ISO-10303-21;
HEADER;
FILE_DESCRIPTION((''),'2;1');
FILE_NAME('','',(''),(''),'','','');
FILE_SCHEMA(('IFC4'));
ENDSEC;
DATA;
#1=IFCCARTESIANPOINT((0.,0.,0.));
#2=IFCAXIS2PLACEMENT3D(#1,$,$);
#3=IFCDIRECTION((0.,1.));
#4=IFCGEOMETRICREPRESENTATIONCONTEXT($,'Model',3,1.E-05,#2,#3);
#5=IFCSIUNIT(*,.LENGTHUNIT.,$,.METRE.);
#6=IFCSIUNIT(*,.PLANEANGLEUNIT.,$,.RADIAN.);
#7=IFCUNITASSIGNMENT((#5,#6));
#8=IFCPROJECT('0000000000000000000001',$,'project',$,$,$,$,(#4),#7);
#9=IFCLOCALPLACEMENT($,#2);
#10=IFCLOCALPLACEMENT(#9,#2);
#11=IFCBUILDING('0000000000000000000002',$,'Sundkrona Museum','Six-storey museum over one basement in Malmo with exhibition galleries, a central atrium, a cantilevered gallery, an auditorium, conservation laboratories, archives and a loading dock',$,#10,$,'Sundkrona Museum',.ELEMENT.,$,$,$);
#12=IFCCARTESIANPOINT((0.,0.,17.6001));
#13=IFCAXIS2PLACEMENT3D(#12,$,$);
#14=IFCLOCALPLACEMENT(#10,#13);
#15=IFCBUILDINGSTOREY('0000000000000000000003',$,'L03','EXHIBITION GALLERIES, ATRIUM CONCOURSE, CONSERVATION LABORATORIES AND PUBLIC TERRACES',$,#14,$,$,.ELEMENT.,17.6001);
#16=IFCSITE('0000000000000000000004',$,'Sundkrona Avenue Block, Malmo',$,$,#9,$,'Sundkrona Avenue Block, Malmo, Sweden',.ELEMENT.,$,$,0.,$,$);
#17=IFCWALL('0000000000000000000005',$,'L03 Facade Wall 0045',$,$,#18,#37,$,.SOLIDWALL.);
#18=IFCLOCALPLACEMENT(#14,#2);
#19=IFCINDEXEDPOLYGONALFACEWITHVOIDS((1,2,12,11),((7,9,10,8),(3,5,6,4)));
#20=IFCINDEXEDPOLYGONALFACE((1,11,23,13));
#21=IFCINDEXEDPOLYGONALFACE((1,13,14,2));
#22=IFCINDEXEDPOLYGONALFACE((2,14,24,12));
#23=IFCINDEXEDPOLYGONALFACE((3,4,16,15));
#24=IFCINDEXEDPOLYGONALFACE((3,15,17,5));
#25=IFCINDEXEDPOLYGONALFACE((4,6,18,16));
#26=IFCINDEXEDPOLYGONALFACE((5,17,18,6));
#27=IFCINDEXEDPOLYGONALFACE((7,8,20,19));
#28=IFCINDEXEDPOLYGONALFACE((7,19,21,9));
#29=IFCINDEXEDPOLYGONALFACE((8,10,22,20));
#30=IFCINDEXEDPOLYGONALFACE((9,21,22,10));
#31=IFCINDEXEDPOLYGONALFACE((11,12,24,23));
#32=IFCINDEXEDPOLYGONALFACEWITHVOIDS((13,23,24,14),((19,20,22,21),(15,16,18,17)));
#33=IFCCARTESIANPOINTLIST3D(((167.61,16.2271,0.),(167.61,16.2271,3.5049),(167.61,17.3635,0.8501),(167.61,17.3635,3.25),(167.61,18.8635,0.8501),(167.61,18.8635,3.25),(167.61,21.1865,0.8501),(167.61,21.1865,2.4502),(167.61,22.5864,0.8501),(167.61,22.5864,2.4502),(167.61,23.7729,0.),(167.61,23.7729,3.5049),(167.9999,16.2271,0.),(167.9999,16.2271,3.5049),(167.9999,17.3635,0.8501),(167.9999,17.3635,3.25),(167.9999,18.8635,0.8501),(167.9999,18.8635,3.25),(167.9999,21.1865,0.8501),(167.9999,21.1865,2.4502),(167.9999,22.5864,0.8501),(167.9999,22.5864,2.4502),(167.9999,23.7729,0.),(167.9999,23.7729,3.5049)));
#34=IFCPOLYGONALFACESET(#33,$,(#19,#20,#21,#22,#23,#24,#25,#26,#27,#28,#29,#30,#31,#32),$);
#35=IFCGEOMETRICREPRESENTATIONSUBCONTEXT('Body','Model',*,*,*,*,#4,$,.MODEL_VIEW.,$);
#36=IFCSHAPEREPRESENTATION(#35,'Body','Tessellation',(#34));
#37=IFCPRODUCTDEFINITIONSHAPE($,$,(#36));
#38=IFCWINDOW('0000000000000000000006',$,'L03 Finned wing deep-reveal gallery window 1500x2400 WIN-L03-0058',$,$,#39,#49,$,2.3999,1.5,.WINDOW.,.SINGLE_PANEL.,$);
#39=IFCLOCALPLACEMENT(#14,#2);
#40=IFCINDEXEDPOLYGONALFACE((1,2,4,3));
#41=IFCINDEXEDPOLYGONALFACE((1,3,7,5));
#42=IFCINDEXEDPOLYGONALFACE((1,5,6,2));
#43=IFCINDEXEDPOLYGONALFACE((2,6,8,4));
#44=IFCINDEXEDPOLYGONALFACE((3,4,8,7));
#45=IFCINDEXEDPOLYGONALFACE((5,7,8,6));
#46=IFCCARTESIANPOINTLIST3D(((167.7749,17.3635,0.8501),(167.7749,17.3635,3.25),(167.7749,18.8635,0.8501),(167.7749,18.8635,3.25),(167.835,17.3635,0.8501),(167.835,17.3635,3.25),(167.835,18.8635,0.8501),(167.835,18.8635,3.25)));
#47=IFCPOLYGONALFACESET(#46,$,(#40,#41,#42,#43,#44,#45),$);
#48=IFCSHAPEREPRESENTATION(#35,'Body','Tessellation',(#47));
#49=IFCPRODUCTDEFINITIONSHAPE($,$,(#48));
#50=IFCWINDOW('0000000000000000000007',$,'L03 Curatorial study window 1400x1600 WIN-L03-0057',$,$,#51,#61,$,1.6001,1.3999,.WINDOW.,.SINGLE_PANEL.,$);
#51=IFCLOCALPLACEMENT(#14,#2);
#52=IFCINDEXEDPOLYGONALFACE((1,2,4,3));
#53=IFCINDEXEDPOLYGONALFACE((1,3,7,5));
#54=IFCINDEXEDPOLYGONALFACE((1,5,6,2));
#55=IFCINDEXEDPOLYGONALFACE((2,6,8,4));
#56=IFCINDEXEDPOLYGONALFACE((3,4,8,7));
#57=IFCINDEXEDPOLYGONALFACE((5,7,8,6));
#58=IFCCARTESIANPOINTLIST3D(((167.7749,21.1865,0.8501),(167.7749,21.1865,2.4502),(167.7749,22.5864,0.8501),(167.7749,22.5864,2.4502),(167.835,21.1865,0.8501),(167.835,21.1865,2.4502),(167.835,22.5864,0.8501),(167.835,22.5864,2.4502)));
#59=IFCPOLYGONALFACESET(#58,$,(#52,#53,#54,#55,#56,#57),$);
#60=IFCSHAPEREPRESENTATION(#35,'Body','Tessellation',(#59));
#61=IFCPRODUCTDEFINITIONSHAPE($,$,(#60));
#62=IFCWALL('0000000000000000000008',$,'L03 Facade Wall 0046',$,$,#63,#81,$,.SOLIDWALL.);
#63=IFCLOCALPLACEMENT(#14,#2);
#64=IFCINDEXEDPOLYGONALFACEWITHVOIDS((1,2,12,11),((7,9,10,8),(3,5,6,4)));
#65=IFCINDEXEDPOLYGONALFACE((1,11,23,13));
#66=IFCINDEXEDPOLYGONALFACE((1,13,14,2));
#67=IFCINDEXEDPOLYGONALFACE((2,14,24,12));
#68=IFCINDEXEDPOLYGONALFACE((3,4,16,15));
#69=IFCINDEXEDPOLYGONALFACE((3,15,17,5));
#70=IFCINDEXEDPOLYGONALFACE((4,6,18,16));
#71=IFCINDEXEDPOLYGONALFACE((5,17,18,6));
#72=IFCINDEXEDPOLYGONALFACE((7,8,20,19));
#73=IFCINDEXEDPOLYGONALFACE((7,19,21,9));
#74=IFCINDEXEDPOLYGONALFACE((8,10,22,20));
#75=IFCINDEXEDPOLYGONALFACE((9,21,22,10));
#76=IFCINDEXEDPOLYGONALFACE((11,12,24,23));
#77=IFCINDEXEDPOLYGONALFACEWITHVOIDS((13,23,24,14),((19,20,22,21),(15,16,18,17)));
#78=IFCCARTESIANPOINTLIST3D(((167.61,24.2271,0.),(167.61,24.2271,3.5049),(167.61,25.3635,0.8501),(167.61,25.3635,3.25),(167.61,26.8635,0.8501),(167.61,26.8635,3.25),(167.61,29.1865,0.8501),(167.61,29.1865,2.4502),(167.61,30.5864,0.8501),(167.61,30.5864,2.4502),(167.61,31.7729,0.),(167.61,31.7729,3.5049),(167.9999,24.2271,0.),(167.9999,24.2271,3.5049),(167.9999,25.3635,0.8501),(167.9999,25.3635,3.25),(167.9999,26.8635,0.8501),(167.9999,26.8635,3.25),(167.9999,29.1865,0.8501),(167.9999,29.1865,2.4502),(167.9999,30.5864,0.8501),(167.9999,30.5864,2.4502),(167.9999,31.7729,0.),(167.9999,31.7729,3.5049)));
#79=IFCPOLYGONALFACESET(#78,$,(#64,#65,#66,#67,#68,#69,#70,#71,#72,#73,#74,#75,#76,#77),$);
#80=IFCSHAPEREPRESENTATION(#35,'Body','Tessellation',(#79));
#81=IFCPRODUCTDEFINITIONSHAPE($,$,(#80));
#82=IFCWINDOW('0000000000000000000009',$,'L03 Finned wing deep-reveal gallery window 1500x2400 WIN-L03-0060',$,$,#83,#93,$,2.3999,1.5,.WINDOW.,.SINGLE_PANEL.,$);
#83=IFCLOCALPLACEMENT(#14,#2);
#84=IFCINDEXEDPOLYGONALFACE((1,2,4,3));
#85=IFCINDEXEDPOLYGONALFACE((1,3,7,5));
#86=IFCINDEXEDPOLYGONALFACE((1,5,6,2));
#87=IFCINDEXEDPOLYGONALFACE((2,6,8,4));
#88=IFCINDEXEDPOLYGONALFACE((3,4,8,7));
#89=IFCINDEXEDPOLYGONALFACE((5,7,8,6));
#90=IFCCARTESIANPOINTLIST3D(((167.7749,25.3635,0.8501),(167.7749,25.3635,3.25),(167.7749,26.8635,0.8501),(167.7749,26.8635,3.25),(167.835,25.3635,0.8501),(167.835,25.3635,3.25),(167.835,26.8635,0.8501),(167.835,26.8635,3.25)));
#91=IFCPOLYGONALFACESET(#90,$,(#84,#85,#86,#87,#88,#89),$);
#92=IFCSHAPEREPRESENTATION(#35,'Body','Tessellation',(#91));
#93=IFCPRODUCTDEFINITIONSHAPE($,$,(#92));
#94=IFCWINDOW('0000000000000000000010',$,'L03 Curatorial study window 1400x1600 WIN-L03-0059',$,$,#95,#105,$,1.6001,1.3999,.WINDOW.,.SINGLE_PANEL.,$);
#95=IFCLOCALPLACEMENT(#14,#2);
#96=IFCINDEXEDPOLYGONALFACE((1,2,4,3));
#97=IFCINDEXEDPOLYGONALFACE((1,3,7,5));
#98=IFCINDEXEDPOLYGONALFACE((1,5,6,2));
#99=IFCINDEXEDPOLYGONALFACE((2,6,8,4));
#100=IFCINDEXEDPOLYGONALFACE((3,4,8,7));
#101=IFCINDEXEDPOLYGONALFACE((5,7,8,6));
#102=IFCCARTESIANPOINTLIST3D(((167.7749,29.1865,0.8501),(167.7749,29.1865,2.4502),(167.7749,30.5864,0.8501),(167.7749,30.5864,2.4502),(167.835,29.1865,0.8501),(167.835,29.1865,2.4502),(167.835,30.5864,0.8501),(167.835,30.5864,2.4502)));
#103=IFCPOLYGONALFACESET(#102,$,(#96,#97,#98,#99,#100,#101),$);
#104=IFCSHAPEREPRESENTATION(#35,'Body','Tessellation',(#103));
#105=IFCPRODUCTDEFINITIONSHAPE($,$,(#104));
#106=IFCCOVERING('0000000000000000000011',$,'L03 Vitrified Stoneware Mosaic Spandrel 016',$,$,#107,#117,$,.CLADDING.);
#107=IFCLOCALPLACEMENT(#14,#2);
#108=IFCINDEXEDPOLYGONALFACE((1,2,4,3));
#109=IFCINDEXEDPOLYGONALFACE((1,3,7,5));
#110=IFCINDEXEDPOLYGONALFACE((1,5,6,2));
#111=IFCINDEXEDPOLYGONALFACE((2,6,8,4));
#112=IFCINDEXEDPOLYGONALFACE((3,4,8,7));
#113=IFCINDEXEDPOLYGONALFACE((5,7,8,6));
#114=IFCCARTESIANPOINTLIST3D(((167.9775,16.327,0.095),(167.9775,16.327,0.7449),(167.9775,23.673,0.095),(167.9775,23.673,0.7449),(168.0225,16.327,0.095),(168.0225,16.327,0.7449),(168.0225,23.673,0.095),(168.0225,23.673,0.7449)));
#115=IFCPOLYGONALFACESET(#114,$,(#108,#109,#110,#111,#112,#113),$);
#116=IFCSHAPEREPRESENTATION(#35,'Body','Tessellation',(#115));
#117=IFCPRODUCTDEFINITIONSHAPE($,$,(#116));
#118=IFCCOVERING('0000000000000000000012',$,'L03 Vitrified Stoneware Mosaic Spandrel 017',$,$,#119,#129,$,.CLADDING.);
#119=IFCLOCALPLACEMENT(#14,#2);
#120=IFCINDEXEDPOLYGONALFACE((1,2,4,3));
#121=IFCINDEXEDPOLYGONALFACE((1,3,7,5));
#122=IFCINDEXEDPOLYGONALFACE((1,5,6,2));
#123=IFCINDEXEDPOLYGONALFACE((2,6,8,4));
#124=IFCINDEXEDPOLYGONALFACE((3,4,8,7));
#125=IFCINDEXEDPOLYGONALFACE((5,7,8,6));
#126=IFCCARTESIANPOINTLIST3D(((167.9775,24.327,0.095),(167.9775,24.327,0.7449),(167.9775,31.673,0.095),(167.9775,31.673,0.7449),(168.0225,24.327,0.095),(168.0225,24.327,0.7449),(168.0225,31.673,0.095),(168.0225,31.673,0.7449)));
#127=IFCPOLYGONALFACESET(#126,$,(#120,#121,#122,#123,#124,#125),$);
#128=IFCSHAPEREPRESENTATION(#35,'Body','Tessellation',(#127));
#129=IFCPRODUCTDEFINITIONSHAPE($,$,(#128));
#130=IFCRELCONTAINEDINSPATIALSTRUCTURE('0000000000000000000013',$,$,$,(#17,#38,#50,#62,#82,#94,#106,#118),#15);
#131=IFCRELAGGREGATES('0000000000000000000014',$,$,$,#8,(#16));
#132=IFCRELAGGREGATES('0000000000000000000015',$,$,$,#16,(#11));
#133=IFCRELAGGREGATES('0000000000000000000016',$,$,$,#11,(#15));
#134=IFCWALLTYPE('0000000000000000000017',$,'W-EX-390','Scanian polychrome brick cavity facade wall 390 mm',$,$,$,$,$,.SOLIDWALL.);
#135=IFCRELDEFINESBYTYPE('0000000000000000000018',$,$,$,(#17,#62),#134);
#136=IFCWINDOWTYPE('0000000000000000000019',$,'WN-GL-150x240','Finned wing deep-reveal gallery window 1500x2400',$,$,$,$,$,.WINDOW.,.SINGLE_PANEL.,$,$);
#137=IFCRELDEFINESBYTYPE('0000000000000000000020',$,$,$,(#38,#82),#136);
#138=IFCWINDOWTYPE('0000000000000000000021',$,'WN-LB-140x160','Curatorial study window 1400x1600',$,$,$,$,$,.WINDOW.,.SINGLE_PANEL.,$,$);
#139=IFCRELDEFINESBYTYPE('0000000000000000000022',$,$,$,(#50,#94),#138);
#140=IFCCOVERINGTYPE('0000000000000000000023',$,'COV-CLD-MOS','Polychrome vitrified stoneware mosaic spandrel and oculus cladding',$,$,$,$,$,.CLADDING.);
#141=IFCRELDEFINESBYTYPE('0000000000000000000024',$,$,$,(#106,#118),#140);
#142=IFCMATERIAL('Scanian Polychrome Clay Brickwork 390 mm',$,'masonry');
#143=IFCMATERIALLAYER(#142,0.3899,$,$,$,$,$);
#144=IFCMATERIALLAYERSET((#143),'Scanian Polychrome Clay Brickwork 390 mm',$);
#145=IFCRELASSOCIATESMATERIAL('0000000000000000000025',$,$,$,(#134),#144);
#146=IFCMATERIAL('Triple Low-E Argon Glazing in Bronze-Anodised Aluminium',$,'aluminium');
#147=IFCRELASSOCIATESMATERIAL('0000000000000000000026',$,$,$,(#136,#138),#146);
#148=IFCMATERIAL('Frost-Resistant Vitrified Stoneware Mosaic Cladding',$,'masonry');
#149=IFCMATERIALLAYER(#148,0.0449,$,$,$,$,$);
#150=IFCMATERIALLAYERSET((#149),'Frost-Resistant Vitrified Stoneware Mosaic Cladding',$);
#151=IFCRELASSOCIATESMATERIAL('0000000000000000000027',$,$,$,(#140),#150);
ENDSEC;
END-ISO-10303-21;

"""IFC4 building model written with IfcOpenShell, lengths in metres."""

from ifc_helpers import new_model, si_unit, direction, frame, frame_2d, origin, origin_2d, place, context, subcontext, project, spatial, rectangle, extrude, material, layer, layer_set, type_object, element, fill, save


model = new_model("IFC4")

# Units and contexts
model_context = context("Model", 3, precision=1e-05, world=origin(), true_north=direction((0.0, 1.0)))
body_context = subcontext(model_context, "Body", "Model", "MODEL_VIEW")
ifc_project = project(units=[si_unit("LENGTHUNIT", "METRE"), si_unit("PLANEANGLEUNIT", "RADIAN")], contexts=[model_context])

# Site, building, storey
site_placement = place(None, origin())
site = spatial("IfcSite", under=ifc_project, at=site_placement, Name="Sundkrona Avenue Block, Malmo", LongName="Sundkrona Avenue Block, Malmo, Sweden", CompositionType="ELEMENT", RefElevation=0.0)
building_placement = place(site_placement, origin())
building = spatial("IfcBuilding", under=site, at=building_placement, Name="Sundkrona Museum", Description="Six-storey museum over one basement in Malmo with exhibition galleries, a central atrium, a cantilevered gallery, an auditorium, conservation laboratories, archives and a loading dock", LongName="Sundkrona Museum", CompositionType="ELEMENT")
storey_placement = place(building_placement, frame((0.0, 0.0, 17.6001)))
storey = spatial("IfcBuildingStorey", under=building, at=storey_placement, Name="L03", Description="EXHIBITION GALLERIES, ATRIUM CONCOURSE, CONSERVATION LABORATORIES AND PUBLIC TERRACES", CompositionType="ELEMENT", Elevation=17.6001)

# Walls, openings, windows
ifc_material_1 = material(Name="Scanian Polychrome Clay Brickwork 390 mm", Category="masonry")
ifc_layer_1 = layer(ifc_material_1, 0.3899)
ifc_layer_set_1 = layer_set([ifc_layer_1], Name="Scanian Polychrome Clay Brickwork 390 mm")
wall_type = type_object("IfcWallType", Name="W-EX-390", Description="Scanian polychrome brick cavity facade wall 390 mm", PredefinedType="SOLIDWALL", material=ifc_layer_set_1)
wall_1_placement = place(storey_placement, frame((167.8049, 23.7729, 0.0), z_axis=(0.0, 0.0, 1.0), x_axis=(0.0, -1.0, 0.0)))
wall_1 = element("IfcWall", 1, at=wall_1_placement, inside=storey, type_object=wall_type, Name="L03 Facade Wall 0045", PredefinedType="SOLIDWALL", context=body_context, shape_type="SweptSolid", body=[
    extrude(rectangle(XDim=7.5459, YDim=0.3899, at=frame_2d((3.7729, 0.0))), origin(), (0.0, 0.0, 1.0), 3.5049),
])
opening_1_placement = place(wall_1_placement, frame((1.1865, 0.0, 0.8501)))
opening_1 = element("IfcOpeningElement", 2, at=opening_1_placement, cuts=wall_1, PredefinedType="OPENING", context=body_context, shape_type="SweptSolid", body=[
    extrude(rectangle(XDim=1.3999, YDim=1.6001, at=frame_2d((0.7, 0.8))), frame((0.0, 0.2048, 0.0), z_axis=(0.0, -1.0, 0.0), x_axis=(1.0, 0.0, 0.0)), (0.0, 0.0, 1.0), 0.4099),
])
opening_2_placement = place(wall_1_placement, frame((4.9094, 0.0, 0.8501)))
opening_2 = element("IfcOpeningElement", 3, at=opening_2_placement, cuts=wall_1, PredefinedType="OPENING", context=body_context, shape_type="SweptSolid", body=[
    extrude(rectangle(XDim=1.5, YDim=2.3999, at=frame_2d((0.75, 1.2))), frame((0.0, 0.2048, 0.0), z_axis=(0.0, -1.0, 0.0), x_axis=(1.0, 0.0, 0.0)), (0.0, 0.0, 1.0), 0.4099),
])
ifc_material_2 = material(Name="Triple Low-E Argon Glazing in Bronze-Anodised Aluminium", Category="aluminium")
window_type_1 = type_object("IfcWindowType", Name="WN-GL-150x240", Description="Finned wing deep-reveal gallery window 1500x2400", PartitioningType="SINGLE_PANEL", PredefinedType="WINDOW", material=ifc_material_2)
window_1_placement = place(opening_2_placement, origin())
window_1 = element("IfcWindow", 4, at=window_1_placement, inside=storey, type_object=window_type_1, Name="L03 Finned wing deep-reveal gallery window 1500x2400 WIN-L03-0058", OverallHeight=2.3999, OverallWidth=1.5, PartitioningType="SINGLE_PANEL", PredefinedType="WINDOW", context=body_context, shape_type="SweptSolid", body=[
    extrude(rectangle(XDim=1.5, YDim=2.3999, at=frame_2d((0.75, 1.2))), frame((0.0, 0.03, 0.0), z_axis=(0.0, -1.0, 0.0), x_axis=(1.0, 0.0, 0.0)), (0.0, 0.0, 1.0), 0.0601),
])
fill(opening_2, window_1)
window_type_2 = type_object("IfcWindowType", Name="WN-LB-140x160", Description="Curatorial study window 1400x1600", PartitioningType="SINGLE_PANEL", PredefinedType="WINDOW", material=ifc_material_2)
window_2_placement = place(opening_1_placement, origin())
window_2 = element("IfcWindow", 5, at=window_2_placement, inside=storey, type_object=window_type_2, Name="L03 Curatorial study window 1400x1600 WIN-L03-0057", OverallHeight=1.6001, OverallWidth=1.3999, PartitioningType="SINGLE_PANEL", PredefinedType="WINDOW", context=body_context, shape_type="SweptSolid", body=[
    extrude(rectangle(XDim=1.3999, YDim=1.6001, at=frame_2d((0.7, 0.8))), frame((0.0, 0.03, 0.0), z_axis=(0.0, -1.0, 0.0), x_axis=(1.0, 0.0, 0.0)), (0.0, 0.0, 1.0), 0.0601),
])
fill(opening_1, window_2)
wall_2_placement = place(storey_placement, frame((167.8049, 31.7729, 0.0), z_axis=(0.0, 0.0, 1.0), x_axis=(0.0, -1.0, 0.0)))
wall_2 = element("IfcWall", 6, at=wall_2_placement, inside=storey, type_object=wall_type, Name="L03 Facade Wall 0046", PredefinedType="SOLIDWALL", context=body_context, shape_type="SweptSolid", body=[
    extrude(rectangle(XDim=7.5459, YDim=0.3899, at=frame_2d((3.7729, 0.0))), origin(), (0.0, 0.0, 1.0), 3.5049),
])
opening_3_placement = place(wall_2_placement, frame((1.1865, 0.0, 0.8501)))
opening_3 = element("IfcOpeningElement", 7, at=opening_3_placement, cuts=wall_2, PredefinedType="OPENING", context=body_context, shape_type="SweptSolid", body=[
    extrude(rectangle(XDim=1.3999, YDim=1.6001, at=frame_2d((0.7, 0.8))), frame((0.0, 0.2048, 0.0), z_axis=(0.0, -1.0, 0.0), x_axis=(1.0, 0.0, 0.0)), (0.0, 0.0, 1.0), 0.4099),
])
opening_4_placement = place(wall_2_placement, frame((4.9094, 0.0, 0.8501)))
opening_4 = element("IfcOpeningElement", 8, at=opening_4_placement, cuts=wall_2, PredefinedType="OPENING", context=body_context, shape_type="SweptSolid", body=[
    extrude(rectangle(XDim=1.5, YDim=2.3999, at=frame_2d((0.75, 1.2))), frame((0.0, 0.2048, 0.0), z_axis=(0.0, -1.0, 0.0), x_axis=(1.0, 0.0, 0.0)), (0.0, 0.0, 1.0), 0.4099),
])
window_3_placement = place(opening_4_placement, origin())
window_3 = element("IfcWindow", 9, at=window_3_placement, inside=storey, type_object=window_type_1, Name="L03 Finned wing deep-reveal gallery window 1500x2400 WIN-L03-0060", OverallHeight=2.3999, OverallWidth=1.5, PartitioningType="SINGLE_PANEL", PredefinedType="WINDOW", context=body_context, shape_type="SweptSolid", body=[
    extrude(rectangle(XDim=1.5, YDim=2.3999, at=frame_2d((0.75, 1.2))), frame((0.0, 0.03, 0.0), z_axis=(0.0, -1.0, 0.0), x_axis=(1.0, 0.0, 0.0)), (0.0, 0.0, 1.0), 0.0601),
])
fill(opening_4, window_3)
window_4_placement = place(opening_3_placement, origin())
window_4 = element("IfcWindow", 10, at=window_4_placement, inside=storey, type_object=window_type_2, Name="L03 Curatorial study window 1400x1600 WIN-L03-0059", OverallHeight=1.6001, OverallWidth=1.3999, PartitioningType="SINGLE_PANEL", PredefinedType="WINDOW", context=body_context, shape_type="SweptSolid", body=[
    extrude(rectangle(XDim=1.3999, YDim=1.6001, at=frame_2d((0.7, 0.8))), frame((0.0, 0.03, 0.0), z_axis=(0.0, -1.0, 0.0), x_axis=(1.0, 0.0, 0.0)), (0.0, 0.0, 1.0), 0.0601),
])
fill(opening_3, window_4)

# Coverings
ifc_material_3 = material(Name="Frost-Resistant Vitrified Stoneware Mosaic Cladding", Category="masonry")
ifc_layer_2 = layer(ifc_material_3, 0.0449)
ifc_layer_set_2 = layer_set([ifc_layer_2], Name="Frost-Resistant Vitrified Stoneware Mosaic Cladding")
covering_type = type_object("IfcCoveringType", Name="COV-CLD-MOS", Description="Polychrome vitrified stoneware mosaic spandrel and oculus cladding", PredefinedType="CLADDING", material=ifc_layer_set_2)
for number, where, z_axis, x_axis, name in (
    (11, (168.0, 20.0, 0.095), (0.0, 0.0, 1.0), (0.0, 1.0, 0.0), "L03 Vitrified Stoneware Mosaic Spandrel 016"),
    (12, (168.0, 28.0, 0.095), (0.0, 0.0, 1.0), (0.0, 1.0, 0.0), "L03 Vitrified Stoneware Mosaic Spandrel 017"),
):
    element("IfcCovering", number, at=place(storey_placement, frame(where, z_axis=z_axis, x_axis=x_axis)), inside=storey, type_object=covering_type, Name=name, PredefinedType="CLADDING", context=body_context, shape_type="SweptSolid", body=[
        extrude(rectangle(XDim=7.3459, YDim=0.0449, at=origin_2d()), origin(), (0.0, 0.0, 1.0), 0.6499),
    ])

save(model, "model.ifc")
